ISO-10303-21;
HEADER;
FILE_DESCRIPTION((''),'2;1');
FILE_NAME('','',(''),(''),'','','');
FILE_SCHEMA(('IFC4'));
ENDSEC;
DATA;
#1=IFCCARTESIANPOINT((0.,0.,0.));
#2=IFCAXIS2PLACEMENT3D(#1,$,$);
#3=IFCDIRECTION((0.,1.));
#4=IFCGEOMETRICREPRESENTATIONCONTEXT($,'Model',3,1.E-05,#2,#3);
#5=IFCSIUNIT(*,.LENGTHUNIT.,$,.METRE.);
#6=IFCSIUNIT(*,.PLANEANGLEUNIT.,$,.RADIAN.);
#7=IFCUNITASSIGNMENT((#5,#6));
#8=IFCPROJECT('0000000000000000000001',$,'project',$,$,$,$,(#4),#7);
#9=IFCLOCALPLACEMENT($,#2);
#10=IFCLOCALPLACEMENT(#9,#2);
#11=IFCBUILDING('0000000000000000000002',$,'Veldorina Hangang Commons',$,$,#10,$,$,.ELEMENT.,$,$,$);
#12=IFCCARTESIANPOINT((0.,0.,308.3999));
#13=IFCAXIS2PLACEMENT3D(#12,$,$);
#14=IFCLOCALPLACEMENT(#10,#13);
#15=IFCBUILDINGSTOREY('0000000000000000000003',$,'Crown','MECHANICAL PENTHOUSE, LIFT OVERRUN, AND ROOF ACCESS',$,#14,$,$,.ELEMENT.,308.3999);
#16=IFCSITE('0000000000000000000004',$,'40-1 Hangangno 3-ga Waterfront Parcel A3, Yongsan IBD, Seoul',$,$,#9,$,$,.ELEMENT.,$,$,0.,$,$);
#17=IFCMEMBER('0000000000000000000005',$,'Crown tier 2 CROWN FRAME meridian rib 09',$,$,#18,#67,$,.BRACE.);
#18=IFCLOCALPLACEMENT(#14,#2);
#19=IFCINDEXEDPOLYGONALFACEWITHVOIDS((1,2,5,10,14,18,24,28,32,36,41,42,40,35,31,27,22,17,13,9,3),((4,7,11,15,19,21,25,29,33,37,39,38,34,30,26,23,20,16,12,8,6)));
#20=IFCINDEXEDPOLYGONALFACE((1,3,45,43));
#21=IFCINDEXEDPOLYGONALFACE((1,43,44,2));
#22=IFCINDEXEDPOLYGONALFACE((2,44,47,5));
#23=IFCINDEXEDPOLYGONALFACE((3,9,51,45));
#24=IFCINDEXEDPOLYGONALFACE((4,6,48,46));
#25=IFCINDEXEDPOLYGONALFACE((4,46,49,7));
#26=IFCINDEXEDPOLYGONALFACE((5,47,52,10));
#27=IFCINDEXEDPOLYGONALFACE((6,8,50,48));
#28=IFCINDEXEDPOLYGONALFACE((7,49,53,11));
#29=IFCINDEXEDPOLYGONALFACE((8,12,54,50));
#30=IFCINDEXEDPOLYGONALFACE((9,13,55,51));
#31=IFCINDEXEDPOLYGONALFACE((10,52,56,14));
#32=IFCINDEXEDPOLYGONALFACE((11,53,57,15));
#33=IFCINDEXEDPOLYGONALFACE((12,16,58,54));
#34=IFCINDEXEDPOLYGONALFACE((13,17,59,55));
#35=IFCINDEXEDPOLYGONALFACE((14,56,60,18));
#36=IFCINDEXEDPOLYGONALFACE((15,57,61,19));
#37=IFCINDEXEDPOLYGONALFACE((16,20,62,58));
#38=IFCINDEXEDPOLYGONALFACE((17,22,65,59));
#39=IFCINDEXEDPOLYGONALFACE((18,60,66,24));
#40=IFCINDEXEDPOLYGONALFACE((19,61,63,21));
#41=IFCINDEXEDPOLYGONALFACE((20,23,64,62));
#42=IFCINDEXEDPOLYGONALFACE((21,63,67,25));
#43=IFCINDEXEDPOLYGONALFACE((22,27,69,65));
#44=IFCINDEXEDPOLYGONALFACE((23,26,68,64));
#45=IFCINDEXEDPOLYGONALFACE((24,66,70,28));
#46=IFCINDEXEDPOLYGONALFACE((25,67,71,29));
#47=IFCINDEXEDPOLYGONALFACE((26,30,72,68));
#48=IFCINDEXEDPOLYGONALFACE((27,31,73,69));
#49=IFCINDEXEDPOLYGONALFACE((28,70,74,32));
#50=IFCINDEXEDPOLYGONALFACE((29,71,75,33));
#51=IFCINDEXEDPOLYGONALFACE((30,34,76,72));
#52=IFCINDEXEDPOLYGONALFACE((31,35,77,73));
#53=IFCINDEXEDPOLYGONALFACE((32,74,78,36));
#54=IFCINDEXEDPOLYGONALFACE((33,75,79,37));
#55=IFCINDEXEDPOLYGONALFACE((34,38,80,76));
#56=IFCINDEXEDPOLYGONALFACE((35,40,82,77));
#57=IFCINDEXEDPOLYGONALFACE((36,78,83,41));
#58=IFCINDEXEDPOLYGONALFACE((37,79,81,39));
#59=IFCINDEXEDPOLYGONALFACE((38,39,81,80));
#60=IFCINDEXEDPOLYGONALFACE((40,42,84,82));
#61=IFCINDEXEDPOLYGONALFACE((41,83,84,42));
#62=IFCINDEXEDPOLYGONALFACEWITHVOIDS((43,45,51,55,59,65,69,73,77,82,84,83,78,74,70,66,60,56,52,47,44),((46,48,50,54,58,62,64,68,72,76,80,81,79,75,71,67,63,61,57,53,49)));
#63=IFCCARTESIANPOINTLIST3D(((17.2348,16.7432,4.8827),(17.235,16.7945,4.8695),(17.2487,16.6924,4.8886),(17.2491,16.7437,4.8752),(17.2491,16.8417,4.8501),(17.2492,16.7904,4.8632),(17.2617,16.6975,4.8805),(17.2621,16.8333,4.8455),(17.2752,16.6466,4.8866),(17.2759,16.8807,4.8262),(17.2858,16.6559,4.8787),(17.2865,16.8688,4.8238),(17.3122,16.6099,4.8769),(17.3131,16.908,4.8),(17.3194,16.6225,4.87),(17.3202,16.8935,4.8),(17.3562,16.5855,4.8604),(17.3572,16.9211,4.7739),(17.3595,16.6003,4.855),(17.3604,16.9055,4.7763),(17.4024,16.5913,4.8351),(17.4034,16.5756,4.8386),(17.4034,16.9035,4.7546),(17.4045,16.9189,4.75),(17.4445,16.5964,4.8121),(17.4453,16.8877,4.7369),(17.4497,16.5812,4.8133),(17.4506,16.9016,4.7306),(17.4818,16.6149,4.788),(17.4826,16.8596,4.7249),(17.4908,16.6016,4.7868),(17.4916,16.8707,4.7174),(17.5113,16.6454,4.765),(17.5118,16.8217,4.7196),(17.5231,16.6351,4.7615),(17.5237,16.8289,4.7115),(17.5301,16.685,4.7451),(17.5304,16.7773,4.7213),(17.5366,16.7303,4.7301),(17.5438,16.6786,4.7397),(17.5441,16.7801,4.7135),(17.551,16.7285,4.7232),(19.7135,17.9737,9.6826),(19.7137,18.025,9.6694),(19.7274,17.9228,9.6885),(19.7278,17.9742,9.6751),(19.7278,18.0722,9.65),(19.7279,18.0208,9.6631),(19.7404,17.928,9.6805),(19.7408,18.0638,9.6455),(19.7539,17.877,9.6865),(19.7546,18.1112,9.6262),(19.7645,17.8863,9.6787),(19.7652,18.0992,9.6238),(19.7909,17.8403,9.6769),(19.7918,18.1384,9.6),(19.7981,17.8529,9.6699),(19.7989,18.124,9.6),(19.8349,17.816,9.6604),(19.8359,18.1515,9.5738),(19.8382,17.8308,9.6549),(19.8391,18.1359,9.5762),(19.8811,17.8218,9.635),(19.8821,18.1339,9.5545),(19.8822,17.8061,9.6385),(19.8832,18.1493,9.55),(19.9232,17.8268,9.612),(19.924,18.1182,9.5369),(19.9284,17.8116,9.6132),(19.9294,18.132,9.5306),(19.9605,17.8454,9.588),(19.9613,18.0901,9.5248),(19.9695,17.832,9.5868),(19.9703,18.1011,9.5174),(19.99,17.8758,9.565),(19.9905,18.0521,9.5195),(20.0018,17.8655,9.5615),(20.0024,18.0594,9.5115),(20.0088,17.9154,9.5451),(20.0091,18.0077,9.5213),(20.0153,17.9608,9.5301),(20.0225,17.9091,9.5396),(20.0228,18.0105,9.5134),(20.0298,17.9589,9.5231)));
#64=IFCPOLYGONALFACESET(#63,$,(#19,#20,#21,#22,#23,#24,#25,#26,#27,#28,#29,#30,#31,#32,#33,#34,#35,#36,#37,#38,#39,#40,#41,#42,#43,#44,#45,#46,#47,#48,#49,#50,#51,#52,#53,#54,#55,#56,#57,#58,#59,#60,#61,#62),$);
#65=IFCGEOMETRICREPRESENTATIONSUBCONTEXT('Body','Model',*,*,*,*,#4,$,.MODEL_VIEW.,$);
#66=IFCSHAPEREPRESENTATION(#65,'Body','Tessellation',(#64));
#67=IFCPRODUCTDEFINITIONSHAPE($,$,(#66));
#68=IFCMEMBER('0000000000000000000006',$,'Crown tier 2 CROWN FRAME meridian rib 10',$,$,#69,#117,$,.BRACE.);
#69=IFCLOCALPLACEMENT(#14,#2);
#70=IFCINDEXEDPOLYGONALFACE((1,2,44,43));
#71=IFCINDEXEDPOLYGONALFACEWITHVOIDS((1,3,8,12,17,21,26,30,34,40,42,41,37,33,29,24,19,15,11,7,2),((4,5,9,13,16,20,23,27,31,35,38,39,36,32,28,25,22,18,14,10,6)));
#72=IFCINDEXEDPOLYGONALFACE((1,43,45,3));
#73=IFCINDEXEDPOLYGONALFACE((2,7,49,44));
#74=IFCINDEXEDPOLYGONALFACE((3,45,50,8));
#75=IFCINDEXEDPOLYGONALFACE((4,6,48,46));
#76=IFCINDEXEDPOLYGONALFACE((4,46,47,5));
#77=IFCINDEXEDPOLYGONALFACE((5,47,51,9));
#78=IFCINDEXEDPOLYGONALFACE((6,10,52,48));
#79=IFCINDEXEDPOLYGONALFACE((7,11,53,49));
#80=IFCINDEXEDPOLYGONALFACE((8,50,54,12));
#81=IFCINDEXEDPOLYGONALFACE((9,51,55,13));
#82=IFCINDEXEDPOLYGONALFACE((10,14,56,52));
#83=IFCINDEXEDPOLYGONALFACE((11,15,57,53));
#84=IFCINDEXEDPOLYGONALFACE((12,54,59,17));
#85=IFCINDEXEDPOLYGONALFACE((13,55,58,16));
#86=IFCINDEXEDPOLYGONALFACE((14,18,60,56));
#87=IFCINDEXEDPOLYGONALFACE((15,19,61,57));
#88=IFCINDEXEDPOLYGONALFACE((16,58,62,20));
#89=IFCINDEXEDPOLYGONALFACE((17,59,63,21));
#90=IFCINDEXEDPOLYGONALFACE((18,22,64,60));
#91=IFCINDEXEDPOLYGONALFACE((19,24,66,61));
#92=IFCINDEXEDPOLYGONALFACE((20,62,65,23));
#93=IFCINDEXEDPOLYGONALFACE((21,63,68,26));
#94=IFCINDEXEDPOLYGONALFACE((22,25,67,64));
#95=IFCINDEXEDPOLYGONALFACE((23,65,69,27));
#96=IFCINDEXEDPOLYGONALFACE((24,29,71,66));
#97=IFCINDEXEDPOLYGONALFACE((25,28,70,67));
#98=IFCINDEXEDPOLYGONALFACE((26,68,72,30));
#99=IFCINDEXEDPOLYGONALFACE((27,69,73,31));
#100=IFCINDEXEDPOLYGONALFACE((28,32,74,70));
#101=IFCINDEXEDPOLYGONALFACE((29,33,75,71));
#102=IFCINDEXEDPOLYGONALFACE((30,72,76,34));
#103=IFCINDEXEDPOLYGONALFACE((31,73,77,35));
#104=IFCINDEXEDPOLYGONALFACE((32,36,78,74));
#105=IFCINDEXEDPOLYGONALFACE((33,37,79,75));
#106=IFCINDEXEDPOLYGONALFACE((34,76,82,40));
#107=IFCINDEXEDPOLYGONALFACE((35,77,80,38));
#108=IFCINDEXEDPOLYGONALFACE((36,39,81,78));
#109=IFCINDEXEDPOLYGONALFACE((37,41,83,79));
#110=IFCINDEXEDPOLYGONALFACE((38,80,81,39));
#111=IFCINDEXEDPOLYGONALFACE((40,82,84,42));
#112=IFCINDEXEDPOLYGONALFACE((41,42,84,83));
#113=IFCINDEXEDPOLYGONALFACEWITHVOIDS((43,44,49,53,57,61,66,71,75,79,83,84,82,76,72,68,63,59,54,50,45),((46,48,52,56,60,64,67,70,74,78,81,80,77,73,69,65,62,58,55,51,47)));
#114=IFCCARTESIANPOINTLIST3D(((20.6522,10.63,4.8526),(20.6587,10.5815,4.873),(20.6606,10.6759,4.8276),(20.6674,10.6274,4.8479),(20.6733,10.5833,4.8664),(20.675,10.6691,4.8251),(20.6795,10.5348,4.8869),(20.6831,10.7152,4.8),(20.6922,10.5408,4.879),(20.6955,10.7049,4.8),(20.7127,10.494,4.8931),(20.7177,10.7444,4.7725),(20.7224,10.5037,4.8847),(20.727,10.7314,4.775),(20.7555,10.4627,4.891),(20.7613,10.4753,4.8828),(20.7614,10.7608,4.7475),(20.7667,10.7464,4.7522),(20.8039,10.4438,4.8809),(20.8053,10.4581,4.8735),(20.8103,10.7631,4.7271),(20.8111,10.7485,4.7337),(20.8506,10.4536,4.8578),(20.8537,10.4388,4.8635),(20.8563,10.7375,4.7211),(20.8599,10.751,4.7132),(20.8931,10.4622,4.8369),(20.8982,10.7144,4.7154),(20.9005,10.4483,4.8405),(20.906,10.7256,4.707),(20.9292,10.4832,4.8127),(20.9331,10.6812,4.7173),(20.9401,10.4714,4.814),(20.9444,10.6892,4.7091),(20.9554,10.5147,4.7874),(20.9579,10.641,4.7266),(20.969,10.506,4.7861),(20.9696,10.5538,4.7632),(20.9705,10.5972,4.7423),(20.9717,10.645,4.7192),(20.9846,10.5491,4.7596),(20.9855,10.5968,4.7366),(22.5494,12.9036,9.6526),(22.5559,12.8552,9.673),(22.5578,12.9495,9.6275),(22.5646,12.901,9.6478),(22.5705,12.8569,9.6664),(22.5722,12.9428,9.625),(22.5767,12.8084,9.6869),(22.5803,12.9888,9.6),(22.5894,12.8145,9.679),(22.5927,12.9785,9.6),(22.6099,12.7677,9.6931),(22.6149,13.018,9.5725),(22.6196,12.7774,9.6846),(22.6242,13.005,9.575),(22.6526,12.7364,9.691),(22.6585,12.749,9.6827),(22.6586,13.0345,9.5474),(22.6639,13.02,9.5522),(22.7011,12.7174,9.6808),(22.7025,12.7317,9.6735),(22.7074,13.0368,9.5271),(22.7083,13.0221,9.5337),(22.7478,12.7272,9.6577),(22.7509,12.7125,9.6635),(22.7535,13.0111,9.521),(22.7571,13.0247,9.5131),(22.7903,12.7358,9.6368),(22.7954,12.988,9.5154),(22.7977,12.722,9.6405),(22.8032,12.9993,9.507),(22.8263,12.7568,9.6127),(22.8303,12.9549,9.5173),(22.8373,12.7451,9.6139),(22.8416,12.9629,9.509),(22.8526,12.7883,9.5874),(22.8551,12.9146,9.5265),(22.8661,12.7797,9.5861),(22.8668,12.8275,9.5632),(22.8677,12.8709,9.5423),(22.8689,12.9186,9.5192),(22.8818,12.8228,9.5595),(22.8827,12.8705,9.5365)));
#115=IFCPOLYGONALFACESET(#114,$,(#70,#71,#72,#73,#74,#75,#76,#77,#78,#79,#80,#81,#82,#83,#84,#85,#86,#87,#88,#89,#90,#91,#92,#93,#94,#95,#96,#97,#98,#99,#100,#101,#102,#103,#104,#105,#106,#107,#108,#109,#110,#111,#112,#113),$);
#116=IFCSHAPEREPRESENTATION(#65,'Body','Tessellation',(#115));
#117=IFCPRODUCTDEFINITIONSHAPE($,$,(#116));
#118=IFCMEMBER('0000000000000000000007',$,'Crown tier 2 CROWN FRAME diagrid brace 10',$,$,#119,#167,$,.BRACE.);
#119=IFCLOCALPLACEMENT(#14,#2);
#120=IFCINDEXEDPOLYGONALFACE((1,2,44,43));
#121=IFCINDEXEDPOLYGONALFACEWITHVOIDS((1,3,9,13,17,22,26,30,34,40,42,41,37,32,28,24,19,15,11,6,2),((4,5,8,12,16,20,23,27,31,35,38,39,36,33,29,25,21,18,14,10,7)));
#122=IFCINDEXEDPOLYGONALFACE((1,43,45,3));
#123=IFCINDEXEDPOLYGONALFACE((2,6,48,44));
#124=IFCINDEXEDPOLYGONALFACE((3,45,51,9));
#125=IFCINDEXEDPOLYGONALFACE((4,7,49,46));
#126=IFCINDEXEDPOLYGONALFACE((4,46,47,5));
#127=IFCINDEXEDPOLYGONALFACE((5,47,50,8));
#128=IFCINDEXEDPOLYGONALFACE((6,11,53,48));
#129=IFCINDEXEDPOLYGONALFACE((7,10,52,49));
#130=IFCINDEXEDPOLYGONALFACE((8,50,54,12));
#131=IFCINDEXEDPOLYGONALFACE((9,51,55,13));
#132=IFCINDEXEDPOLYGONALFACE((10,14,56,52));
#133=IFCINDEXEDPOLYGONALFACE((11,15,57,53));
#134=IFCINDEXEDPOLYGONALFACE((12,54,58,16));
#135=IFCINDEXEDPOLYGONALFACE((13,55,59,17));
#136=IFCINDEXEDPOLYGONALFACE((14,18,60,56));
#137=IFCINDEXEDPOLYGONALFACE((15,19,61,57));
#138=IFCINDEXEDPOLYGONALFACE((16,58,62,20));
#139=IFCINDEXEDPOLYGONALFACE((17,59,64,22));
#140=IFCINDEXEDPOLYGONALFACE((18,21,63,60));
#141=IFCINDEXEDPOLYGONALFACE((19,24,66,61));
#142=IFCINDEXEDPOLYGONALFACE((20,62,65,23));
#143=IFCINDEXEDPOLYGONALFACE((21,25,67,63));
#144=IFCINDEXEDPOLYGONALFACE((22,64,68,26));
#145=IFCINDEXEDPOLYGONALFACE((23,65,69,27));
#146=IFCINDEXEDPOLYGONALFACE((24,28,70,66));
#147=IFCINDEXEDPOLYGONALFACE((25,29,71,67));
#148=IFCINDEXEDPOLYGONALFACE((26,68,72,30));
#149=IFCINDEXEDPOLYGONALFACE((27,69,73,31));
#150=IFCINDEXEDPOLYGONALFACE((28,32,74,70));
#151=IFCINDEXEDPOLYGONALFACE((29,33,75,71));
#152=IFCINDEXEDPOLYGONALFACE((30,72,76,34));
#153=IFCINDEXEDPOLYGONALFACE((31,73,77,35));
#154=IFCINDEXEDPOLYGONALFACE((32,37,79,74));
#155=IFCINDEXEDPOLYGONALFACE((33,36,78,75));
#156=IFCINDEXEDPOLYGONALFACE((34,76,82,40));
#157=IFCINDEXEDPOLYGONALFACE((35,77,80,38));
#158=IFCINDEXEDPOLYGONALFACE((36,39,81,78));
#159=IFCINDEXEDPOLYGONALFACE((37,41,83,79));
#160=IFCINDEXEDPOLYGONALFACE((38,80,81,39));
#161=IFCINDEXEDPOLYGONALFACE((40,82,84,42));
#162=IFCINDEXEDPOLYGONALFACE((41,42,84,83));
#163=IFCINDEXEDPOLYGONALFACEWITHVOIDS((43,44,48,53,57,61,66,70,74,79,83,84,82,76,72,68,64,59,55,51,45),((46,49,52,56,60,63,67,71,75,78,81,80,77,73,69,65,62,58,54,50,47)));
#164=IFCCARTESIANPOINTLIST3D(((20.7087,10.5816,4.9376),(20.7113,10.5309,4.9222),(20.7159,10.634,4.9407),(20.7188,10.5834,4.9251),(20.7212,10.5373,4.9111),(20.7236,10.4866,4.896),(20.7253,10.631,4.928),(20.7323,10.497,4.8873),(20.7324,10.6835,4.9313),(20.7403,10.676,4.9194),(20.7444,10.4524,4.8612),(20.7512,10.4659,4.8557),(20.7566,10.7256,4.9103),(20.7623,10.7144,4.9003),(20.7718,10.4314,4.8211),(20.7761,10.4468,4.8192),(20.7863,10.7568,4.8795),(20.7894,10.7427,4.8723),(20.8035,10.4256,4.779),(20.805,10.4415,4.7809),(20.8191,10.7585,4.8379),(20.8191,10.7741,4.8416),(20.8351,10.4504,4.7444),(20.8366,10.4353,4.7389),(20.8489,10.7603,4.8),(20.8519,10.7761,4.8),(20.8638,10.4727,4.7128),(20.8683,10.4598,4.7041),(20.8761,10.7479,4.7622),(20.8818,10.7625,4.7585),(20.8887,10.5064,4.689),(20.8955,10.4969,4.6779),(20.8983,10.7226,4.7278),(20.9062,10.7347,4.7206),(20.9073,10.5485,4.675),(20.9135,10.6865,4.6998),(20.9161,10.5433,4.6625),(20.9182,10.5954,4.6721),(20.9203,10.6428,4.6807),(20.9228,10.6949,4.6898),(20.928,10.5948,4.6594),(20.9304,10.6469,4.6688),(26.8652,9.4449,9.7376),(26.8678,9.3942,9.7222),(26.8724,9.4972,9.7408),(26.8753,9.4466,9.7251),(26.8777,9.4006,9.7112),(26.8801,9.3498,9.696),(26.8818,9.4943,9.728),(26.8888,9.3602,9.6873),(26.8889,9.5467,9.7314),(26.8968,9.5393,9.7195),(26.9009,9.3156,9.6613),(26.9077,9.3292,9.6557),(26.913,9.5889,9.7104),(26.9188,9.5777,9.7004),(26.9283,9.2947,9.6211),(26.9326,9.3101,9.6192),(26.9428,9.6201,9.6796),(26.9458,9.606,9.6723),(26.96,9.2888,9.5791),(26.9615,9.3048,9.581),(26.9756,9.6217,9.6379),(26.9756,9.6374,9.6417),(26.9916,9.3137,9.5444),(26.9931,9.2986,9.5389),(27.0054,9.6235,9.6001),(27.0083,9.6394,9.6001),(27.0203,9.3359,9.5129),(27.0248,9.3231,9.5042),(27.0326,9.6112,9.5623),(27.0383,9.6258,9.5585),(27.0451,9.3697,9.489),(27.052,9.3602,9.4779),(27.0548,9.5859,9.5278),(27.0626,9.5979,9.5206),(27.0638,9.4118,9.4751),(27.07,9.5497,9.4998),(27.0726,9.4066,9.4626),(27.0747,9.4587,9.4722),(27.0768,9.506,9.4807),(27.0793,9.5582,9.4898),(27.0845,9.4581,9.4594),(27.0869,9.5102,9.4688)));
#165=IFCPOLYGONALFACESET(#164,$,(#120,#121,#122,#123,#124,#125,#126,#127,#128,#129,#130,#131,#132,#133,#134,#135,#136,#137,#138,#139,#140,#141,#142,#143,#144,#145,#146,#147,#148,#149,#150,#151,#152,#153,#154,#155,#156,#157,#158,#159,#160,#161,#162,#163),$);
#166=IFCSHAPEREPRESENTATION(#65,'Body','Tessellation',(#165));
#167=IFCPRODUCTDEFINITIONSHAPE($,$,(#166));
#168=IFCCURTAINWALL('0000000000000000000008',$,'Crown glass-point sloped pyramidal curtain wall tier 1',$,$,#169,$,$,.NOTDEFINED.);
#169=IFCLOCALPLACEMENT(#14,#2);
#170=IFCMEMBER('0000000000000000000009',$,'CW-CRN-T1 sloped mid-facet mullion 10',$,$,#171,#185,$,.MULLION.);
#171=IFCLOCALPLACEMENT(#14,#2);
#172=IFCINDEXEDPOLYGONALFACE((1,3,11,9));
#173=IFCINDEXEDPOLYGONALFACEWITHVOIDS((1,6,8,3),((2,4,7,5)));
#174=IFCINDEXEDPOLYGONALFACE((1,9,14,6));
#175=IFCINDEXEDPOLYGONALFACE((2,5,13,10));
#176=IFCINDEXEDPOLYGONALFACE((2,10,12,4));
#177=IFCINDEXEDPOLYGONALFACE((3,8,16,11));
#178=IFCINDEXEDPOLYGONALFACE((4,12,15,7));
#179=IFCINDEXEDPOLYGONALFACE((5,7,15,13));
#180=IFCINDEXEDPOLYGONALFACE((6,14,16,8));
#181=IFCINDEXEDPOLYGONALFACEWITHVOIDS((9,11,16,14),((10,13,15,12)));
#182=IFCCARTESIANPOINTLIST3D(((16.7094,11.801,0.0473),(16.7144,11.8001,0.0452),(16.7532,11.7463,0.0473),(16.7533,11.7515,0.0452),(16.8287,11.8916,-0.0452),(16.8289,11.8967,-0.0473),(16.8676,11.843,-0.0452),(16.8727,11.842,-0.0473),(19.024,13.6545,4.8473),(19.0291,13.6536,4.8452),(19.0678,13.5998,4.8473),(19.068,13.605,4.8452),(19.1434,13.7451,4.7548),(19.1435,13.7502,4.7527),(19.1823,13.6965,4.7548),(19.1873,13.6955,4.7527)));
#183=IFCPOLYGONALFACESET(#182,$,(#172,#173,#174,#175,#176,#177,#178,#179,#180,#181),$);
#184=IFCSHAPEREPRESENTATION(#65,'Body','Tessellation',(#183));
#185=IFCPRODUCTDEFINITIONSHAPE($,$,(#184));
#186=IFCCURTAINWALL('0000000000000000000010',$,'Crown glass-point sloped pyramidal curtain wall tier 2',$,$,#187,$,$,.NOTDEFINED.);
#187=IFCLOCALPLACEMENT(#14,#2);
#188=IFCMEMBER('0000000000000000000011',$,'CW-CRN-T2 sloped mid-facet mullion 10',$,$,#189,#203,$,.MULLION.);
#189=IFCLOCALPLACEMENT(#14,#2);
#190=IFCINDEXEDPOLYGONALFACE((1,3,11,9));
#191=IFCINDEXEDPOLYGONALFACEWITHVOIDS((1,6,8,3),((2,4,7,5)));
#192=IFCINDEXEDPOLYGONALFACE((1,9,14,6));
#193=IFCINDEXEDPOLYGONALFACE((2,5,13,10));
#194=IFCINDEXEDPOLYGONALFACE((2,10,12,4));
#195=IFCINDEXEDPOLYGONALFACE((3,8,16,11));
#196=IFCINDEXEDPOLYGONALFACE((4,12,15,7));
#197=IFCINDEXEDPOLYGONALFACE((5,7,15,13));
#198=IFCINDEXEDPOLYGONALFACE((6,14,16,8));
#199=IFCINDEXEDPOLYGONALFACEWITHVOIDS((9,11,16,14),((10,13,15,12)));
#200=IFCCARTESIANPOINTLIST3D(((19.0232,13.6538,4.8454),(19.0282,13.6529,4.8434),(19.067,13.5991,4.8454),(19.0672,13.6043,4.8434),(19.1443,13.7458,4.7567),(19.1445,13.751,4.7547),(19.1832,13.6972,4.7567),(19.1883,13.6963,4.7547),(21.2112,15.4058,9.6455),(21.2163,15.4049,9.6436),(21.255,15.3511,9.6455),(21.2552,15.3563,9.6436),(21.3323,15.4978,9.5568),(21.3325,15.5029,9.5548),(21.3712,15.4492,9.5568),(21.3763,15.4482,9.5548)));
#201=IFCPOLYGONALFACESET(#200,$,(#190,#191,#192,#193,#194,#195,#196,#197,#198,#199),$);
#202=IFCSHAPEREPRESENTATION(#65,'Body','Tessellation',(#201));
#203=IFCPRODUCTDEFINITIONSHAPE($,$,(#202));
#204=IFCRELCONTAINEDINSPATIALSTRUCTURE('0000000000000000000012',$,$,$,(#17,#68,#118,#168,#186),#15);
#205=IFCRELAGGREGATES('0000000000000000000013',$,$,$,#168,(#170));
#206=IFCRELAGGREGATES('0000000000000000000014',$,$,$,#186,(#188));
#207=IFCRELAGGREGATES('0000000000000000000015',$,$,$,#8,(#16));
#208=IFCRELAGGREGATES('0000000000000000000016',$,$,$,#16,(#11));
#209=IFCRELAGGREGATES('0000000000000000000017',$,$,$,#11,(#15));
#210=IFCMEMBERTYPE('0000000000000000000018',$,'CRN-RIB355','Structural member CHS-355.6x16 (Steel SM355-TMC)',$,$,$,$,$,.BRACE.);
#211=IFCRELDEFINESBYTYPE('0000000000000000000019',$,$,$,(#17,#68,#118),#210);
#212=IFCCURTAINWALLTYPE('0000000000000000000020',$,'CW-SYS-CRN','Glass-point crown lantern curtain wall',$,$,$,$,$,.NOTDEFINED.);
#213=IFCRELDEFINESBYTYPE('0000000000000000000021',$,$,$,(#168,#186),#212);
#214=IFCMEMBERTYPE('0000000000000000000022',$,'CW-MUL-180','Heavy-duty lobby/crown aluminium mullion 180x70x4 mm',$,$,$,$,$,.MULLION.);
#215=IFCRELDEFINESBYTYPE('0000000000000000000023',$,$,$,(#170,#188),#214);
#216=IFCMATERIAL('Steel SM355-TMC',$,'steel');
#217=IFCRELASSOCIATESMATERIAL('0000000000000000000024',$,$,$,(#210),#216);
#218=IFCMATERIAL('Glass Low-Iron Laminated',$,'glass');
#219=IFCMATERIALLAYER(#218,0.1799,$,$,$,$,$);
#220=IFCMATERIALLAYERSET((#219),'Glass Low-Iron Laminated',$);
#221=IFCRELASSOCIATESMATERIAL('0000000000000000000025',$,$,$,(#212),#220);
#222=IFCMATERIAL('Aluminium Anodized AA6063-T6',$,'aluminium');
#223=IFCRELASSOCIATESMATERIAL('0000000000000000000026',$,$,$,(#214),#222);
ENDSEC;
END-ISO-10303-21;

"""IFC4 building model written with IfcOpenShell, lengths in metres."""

from ifc_helpers import new_model, si_unit, direction, frame, origin, origin_2d, place, context, subcontext, project, spatial, hollow_rectangle, hollow_circle, extrude, material, layer, layer_set, material_profile, profile_set, type_object, element, aggregate, save


model = new_model("IFC4")

# Units and contexts
model_context = context("Model", 3, precision=1e-05, world=origin(), true_north=direction((0.0, 1.0)))
body_context = subcontext(model_context, "Body", "Model", "MODEL_VIEW")
ifc_project = project(units=[si_unit("LENGTHUNIT", "METRE"), si_unit("PLANEANGLEUNIT", "RADIAN")], contexts=[model_context])

# Site, building, storey
site_placement = place(None, origin())
site = spatial("IfcSite", under=ifc_project, at=site_placement, Name="40-1 Hangangno 3-ga Waterfront Parcel A3, Yongsan IBD, Seoul", CompositionType="ELEMENT", RefElevation=0.0)
building_placement = place(site_placement, origin())
building = spatial("IfcBuilding", under=site, at=building_placement, Name="Veldorina Hangang Commons", CompositionType="ELEMENT")
storey_placement = place(building_placement, frame((0.0, 0.0, 308.3999)))
storey = spatial("IfcBuildingStorey", under=building, at=storey_placement, Name="Crown", Description="MECHANICAL PENTHOUSE, LIFT OVERRUN, AND ROOF ACCESS", CompositionType="ELEMENT", Elevation=308.3999)

# Members
ifc_material_1 = material(Name="Steel SM355-TMC", Category="steel")
ifc_material_profile_1 = material_profile(ifc_material_1, hollow_circle(Radius=0.1777, WallThickness=0.0161, at=origin_2d()), Name="CHS-355.6x16")
ifc_profile_set_1 = profile_set([ifc_material_profile_1], Name="Steel SM355-TMC")
member_type_1 = type_object("IfcMemberType", Name="CRN-RIB355", Description="Structural member CHS-355.6x16 (Steel SM355-TMC)", PredefinedType="BRACE", material=ifc_profile_set_1)
member_1_placement = place(storey_placement, frame((17.3921, 16.7488, 4.8), z_axis=(0.447377, 0.22208, 0.866334), x_axis=(-0.444636, 0.895712, 0.0)))
element("IfcMember", 1, at=member_1_placement, inside=storey, type_object=member_type_1, Name="Crown tier 2 CROWN FRAME meridian rib 09", PredefinedType="BRACE", context=body_context, shape_type="SweptSolid", body=[
    extrude(hollow_circle(Radius=0.1777, WallThickness=0.0161, at=origin_2d()), origin(), (0.0, 0.0, 1.0), 5.5405),
])
member_2_placement = place(storey_placement, frame((20.8196, 10.6013, 4.8), z_axis=(0.336386, 0.403135, 0.851073), x_axis=(-0.767809, 0.640679, 0.0)))
element("IfcMember", 2, at=member_2_placement, inside=storey, type_object=member_type_1, Name="Crown tier 2 CROWN FRAME meridian rib 10", PredefinedType="BRACE", context=body_context, shape_type="SweptSolid", body=[
    extrude(hollow_circle(Radius=0.1777, WallThickness=0.0161, at=origin_2d()), origin(), (0.0, 0.0, 1.0), 5.6399),
])
member_3_placement = place(storey_placement, frame((20.8196, 10.6013, 4.8), z_axis=(0.780398, -0.144091, 0.608455), x_axis=(0.181568, 0.983378, 0.0)))
element("IfcMember", 3, at=member_3_placement, inside=storey, type_object=member_type_1, Name="Crown tier 2 CROWN FRAME diagrid brace 10", PredefinedType="BRACE", context=body_context, shape_type="SweptSolid", body=[
    extrude(hollow_circle(Radius=0.1777, WallThickness=0.0161, at=origin_2d()), origin(), (0.0, 0.0, 1.0), 7.8889),
])

# Curtain walls, members
ifc_material_2 = material(Name="Glass Low-Iron Laminated", Category="glass")
ifc_layer_1 = layer(ifc_material_2, 0.1799)
ifc_layer_set_1 = layer_set([ifc_layer_1], Name="Glass Low-Iron Laminated")
curtain_wall_type = type_object("IfcCurtainWallType", Name="CW-SYS-CRN", Description="Glass-point crown lantern curtain wall", PredefinedType="NOTDEFINED", material=ifc_layer_set_1)
curtain_wall_1_placement = place(storey_placement, origin())
curtain_wall_1 = element("IfcCurtainWall", 4, at=curtain_wall_1_placement, inside=storey, type_object=curtain_wall_type, Name="Crown glass-point sloped pyramidal curtain wall tier 1", PredefinedType="NOTDEFINED")
ifc_material_3 = material(Name="Aluminium Anodized AA6063-T6", Category="aluminium")
ifc_material_profile_2 = material_profile(ifc_material_3, hollow_rectangle(XDim=0.0701, YDim=0.1799, WallThickness=0.0039, at=origin_2d()), Name="ALU-RHS-180x70x4")
ifc_profile_set_2 = profile_set([ifc_material_profile_2], Name="Aluminium Anodized AA6063-T6")
member_type_2 = type_object("IfcMemberType", Name="CW-MUL-180", Description="Heavy-duty lobby/crown aluminium mullion 180x70x4 mm", PredefinedType="MULLION", material=ifc_profile_set_2)
member_4_placement = place(storey_placement, frame((16.791, 11.8215, 0.0), z_axis=(0.410251, 0.328513, 0.850749), x_axis=(-0.625056, 0.78058, 0.0)))
member_4 = element("IfcMember", 5, at=member_4_placement, type_object=member_type_2, Name="CW-CRN-T1 sloped mid-facet mullion 10", PredefinedType="MULLION", context=body_context, shape_type="SweptSolid", body=[
    extrude(hollow_rectangle(XDim=0.0701, YDim=0.1799, WallThickness=0.0039, at=origin_2d()), origin(), (0.0, 0.0, 1.0), 5.6421),
])
curtain_wall_2_placement = place(storey_placement, origin())
curtain_wall_2 = element("IfcCurtainWall", 6, at=curtain_wall_2_placement, inside=storey, type_object=curtain_wall_type, Name="Crown glass-point sloped pyramidal curtain wall tier 2", PredefinedType="NOTDEFINED")
member_5_placement = place(storey_placement, frame((19.1057, 13.675, 4.8), z_axis=(0.393628, 0.315184, 0.863549), x_axis=(-0.625035, 0.780597, 0.0)))
member_5 = element("IfcMember", 7, at=member_5_placement, type_object=member_type_2, Name="CW-CRN-T2 sloped mid-facet mullion 10", PredefinedType="MULLION", context=body_context, shape_type="SweptSolid", body=[
    extrude(hollow_rectangle(XDim=0.0701, YDim=0.1799, WallThickness=0.0039, at=origin_2d()), origin(), (0.0, 0.0, 1.0), 5.5586),
])

aggregate(curtain_wall_1, [member_4])
aggregate(curtain_wall_2, [member_5])

save(model, "model.ifc")
